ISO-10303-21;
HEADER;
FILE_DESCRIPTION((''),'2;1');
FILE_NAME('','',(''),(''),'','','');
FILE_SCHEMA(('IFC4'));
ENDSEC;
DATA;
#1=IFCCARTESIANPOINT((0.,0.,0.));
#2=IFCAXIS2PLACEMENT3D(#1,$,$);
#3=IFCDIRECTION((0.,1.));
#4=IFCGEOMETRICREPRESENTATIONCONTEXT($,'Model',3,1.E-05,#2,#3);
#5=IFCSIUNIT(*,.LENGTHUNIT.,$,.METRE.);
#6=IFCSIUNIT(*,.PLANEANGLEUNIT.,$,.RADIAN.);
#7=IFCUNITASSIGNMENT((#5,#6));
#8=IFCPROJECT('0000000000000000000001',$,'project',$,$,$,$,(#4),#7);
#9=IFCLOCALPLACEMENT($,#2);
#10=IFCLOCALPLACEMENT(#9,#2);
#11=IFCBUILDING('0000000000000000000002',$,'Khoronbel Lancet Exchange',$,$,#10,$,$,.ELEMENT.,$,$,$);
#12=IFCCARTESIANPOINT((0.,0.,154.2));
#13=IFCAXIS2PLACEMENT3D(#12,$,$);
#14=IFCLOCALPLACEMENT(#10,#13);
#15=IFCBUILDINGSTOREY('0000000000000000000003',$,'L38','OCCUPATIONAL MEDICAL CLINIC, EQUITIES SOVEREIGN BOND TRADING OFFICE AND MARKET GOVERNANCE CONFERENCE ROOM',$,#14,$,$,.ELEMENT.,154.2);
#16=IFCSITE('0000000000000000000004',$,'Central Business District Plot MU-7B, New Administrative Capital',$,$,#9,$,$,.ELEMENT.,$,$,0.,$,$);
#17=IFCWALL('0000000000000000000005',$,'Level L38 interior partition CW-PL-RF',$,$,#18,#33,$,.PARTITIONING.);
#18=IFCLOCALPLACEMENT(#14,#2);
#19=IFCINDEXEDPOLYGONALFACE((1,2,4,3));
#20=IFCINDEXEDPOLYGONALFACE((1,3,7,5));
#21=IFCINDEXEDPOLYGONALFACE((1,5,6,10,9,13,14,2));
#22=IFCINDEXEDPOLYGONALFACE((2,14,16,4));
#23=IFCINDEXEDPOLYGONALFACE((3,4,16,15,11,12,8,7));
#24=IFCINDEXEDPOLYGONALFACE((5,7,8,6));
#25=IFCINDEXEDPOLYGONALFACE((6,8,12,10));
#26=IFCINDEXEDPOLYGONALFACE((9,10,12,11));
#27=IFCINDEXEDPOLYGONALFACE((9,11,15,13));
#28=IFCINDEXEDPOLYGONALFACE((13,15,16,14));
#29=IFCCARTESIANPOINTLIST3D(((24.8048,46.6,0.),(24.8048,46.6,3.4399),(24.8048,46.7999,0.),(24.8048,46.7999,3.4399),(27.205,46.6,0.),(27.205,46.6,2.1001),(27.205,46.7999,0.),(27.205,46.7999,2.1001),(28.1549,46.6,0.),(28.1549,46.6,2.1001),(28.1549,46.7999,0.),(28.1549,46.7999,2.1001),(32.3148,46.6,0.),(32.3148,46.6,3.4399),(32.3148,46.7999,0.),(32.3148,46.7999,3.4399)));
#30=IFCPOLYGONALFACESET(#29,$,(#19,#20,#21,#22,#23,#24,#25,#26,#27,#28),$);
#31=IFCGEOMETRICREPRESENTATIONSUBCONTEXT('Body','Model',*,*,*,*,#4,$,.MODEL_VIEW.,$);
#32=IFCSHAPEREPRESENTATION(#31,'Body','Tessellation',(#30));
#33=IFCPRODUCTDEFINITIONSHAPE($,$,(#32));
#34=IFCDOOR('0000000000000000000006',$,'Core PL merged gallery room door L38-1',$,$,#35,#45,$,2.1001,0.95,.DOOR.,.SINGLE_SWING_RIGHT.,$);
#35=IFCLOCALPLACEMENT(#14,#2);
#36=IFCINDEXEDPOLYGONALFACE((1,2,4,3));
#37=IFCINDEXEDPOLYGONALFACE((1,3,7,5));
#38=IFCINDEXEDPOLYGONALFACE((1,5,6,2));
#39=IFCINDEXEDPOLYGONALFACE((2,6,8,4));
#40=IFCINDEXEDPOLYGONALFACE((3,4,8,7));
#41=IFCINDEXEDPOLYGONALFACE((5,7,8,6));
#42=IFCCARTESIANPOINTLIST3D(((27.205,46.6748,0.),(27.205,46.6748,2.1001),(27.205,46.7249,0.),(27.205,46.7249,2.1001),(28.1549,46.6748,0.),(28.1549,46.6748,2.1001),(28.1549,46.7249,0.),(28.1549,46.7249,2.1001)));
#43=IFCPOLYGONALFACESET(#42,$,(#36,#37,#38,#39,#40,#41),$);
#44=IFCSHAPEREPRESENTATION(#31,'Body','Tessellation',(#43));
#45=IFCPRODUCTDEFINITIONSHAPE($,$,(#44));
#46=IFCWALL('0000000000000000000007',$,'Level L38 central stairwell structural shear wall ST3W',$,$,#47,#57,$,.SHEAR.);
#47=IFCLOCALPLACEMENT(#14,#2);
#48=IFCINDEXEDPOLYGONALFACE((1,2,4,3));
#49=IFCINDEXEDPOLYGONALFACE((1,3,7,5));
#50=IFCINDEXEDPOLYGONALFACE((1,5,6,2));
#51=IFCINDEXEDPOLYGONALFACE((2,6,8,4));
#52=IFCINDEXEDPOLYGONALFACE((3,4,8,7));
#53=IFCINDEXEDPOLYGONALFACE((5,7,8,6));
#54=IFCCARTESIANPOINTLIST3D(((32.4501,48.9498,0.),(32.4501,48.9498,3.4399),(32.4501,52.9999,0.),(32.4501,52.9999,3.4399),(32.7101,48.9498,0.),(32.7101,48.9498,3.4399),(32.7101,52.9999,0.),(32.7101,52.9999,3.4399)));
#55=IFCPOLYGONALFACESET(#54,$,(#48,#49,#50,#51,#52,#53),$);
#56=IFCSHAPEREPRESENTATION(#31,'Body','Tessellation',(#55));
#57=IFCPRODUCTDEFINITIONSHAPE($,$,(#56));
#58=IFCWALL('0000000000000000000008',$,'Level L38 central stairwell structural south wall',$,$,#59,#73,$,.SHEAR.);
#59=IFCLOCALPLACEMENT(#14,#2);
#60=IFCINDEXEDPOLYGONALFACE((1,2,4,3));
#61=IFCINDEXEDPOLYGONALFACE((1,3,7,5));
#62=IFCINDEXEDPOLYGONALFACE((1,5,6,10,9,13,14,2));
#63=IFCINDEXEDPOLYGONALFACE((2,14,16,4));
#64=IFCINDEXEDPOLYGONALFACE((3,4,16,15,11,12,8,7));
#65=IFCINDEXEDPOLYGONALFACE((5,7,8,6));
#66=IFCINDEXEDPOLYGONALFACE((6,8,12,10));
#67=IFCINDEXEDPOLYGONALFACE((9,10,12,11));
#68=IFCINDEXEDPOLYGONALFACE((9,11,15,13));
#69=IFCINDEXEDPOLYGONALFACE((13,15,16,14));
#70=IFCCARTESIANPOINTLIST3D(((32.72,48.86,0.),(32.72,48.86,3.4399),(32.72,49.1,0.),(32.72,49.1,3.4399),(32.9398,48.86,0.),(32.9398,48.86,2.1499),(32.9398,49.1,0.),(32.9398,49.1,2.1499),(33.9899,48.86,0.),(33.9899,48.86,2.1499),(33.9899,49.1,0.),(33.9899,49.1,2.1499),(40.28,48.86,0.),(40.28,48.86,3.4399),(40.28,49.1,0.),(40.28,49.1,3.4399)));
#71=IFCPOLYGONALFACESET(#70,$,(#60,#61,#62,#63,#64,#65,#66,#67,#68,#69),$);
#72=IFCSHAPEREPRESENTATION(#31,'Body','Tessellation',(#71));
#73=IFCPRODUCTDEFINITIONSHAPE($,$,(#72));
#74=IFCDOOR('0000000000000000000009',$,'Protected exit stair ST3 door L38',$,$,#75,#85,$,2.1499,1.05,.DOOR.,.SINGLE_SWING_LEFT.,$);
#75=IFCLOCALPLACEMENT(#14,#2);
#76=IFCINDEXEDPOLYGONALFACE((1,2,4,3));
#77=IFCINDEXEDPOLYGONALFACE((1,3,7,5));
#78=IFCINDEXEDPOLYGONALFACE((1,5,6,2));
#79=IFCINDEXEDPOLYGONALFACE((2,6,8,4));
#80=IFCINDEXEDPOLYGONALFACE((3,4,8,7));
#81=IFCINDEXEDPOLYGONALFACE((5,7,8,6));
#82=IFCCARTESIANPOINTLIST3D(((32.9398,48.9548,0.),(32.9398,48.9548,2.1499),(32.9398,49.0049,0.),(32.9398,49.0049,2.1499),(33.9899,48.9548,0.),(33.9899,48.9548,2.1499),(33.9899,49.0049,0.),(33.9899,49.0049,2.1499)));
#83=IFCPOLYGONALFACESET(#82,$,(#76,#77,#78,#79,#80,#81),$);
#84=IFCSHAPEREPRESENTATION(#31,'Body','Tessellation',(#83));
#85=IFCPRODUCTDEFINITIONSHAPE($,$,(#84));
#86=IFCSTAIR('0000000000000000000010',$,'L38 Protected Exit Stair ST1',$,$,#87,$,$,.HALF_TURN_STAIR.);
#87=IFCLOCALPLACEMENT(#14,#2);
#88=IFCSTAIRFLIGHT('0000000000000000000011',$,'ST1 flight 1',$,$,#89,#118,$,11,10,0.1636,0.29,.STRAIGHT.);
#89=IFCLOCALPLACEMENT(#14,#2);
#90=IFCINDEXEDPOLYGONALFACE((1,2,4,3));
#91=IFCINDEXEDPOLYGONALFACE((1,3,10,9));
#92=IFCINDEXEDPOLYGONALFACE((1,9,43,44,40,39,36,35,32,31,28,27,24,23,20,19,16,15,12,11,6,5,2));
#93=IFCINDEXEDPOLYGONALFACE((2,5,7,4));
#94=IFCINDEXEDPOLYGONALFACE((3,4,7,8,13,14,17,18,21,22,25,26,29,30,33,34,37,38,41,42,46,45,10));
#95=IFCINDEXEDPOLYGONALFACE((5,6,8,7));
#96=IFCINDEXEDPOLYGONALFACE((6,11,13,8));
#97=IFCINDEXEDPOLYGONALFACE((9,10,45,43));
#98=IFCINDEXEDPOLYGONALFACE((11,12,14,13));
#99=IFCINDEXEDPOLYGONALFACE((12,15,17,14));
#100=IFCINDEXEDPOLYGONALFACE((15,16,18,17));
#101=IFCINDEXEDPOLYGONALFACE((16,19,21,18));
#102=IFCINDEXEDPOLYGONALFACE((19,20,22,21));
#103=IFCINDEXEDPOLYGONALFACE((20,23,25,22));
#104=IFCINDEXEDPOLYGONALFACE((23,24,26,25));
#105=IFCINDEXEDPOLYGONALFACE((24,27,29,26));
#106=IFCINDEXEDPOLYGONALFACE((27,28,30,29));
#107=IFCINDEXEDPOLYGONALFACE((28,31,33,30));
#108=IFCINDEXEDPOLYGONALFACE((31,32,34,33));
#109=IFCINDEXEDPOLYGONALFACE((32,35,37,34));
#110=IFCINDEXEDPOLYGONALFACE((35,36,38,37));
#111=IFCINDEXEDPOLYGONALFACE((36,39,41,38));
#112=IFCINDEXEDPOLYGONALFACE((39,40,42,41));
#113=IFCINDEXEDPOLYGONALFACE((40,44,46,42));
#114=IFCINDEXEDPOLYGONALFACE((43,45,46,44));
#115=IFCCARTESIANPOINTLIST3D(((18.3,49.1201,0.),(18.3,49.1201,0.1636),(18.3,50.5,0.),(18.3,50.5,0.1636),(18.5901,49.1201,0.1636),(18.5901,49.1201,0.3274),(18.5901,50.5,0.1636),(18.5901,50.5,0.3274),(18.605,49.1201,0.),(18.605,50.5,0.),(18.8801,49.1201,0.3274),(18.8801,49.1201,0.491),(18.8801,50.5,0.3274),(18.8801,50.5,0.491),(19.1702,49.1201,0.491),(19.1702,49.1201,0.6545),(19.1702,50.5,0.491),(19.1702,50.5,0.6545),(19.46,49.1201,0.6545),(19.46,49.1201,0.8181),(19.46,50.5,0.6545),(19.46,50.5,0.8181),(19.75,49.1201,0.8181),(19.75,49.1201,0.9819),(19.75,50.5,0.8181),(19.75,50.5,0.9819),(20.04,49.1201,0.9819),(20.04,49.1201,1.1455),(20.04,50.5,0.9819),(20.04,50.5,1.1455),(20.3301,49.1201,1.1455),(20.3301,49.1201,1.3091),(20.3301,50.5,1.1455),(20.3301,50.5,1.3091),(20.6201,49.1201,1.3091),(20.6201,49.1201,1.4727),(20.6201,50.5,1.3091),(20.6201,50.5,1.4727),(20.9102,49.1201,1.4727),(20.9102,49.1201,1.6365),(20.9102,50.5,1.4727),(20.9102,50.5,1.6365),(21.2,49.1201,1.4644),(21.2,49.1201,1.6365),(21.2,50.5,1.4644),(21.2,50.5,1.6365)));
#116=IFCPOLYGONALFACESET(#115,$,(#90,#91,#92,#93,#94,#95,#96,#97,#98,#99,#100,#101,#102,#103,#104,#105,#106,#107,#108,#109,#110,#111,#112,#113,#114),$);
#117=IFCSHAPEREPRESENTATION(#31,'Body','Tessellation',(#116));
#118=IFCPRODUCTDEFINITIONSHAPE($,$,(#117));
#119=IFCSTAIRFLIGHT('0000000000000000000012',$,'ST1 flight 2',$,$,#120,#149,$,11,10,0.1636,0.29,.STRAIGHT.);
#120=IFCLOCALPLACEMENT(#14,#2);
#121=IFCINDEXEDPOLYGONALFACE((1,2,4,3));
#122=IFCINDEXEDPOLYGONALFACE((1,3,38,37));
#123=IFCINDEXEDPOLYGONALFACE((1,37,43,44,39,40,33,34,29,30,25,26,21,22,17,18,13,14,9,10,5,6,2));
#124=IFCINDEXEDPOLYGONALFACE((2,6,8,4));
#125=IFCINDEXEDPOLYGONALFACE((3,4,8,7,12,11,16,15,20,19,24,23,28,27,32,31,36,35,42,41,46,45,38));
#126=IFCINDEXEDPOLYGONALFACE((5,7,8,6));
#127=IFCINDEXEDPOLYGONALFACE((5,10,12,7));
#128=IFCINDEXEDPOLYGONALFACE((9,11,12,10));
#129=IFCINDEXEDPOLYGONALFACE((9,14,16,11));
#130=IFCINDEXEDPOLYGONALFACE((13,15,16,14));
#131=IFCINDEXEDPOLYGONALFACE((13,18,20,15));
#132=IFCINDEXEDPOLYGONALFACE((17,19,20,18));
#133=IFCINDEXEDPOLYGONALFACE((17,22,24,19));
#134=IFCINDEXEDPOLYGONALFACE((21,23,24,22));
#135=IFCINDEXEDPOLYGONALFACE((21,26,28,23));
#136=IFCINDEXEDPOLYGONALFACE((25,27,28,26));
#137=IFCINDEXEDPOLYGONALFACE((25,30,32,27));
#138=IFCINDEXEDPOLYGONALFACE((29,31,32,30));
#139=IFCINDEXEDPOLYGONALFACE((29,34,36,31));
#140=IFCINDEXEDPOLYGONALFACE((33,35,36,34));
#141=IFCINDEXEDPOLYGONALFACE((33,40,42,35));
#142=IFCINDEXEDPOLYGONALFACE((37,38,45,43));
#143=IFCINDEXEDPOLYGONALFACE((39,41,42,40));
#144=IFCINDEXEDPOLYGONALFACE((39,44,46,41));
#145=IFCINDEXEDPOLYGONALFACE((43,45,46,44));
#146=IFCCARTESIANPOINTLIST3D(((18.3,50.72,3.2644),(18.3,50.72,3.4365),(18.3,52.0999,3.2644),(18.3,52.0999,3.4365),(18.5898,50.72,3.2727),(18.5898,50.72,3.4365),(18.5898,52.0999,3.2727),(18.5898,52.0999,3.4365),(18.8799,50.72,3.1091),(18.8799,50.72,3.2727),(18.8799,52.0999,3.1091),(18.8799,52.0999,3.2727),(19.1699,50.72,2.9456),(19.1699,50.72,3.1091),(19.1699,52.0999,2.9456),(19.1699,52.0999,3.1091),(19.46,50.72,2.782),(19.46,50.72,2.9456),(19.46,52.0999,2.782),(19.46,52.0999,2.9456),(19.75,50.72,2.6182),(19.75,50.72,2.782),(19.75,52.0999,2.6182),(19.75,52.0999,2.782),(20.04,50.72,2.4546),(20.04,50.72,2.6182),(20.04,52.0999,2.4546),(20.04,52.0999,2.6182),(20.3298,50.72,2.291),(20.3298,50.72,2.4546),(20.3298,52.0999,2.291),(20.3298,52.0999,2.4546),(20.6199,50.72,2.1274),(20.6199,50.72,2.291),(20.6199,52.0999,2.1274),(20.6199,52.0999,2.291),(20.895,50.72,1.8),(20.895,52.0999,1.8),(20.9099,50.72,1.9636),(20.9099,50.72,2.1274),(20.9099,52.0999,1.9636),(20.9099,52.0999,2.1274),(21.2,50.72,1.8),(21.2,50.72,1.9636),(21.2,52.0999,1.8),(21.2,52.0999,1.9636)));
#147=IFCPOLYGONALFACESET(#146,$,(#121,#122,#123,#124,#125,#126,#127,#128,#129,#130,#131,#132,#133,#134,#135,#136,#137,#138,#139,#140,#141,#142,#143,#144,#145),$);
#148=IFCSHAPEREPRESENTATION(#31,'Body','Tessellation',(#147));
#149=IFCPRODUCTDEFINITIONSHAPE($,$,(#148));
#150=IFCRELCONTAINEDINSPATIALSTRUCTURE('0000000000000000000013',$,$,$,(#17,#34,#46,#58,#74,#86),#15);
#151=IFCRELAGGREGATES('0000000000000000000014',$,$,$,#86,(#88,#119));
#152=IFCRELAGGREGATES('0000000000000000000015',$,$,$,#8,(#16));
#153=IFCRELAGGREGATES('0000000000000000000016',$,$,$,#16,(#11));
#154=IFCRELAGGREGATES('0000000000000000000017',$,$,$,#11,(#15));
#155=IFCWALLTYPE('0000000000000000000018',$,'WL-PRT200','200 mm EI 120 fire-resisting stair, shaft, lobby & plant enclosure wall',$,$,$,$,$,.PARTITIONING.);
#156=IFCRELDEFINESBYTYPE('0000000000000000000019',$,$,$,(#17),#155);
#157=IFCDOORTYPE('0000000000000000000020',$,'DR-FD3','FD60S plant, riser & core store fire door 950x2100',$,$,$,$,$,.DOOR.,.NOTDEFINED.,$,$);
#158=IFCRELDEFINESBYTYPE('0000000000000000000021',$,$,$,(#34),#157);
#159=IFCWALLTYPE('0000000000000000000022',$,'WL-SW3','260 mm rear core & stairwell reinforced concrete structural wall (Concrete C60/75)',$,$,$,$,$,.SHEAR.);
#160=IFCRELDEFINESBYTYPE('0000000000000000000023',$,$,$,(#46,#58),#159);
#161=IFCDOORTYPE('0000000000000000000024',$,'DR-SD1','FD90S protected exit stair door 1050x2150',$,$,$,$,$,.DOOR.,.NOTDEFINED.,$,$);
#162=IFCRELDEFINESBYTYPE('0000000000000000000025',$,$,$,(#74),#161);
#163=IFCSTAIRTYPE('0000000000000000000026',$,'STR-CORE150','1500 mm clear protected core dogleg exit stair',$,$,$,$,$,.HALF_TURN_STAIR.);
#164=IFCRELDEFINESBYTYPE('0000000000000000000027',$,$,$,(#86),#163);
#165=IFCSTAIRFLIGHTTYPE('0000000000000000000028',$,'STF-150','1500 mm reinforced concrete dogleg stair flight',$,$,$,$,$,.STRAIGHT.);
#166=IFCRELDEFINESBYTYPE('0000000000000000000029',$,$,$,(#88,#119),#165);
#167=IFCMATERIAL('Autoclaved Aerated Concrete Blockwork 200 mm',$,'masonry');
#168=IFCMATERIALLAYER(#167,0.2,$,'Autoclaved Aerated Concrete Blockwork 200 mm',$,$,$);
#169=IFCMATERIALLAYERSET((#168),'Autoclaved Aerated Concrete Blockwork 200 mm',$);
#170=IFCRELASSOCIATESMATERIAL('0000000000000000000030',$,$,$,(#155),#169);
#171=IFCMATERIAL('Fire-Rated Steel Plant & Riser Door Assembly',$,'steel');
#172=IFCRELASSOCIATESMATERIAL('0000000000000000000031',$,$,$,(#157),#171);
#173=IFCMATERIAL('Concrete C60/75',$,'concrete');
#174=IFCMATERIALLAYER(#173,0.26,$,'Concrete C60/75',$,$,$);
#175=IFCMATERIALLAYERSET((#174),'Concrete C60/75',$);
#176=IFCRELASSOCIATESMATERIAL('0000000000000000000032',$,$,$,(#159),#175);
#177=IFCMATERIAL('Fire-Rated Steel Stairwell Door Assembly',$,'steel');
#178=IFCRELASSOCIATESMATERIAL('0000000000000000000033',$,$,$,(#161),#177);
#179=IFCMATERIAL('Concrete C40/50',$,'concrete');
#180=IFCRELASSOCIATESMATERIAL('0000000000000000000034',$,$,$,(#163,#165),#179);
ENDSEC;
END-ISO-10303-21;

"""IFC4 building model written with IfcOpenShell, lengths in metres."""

from ifc_helpers import new_model, si_unit, direction, frame, frame_2d, origin, place, context, subcontext, project, spatial, polyline, rectangle, outline, extrude, material, layer, layer_set, type_object, element, fill, aggregate, save


model = new_model("IFC4")

# Units and contexts
model_context = context("Model", 3, precision=1e-05, world=origin(), true_north=direction((0.0, 1.0)))
body_context = subcontext(model_context, "Body", "Model", "MODEL_VIEW")
ifc_project = project(units=[si_unit("LENGTHUNIT", "METRE"), si_unit("PLANEANGLEUNIT", "RADIAN")], contexts=[model_context])

# Site, building, storey
site_placement = place(None, origin())
site = spatial("IfcSite", under=ifc_project, at=site_placement, Name="Central Business District Plot MU-7B, New Administrative Capital", CompositionType="ELEMENT", RefElevation=0.0)
building_placement = place(site_placement, origin())
building = spatial("IfcBuilding", under=site, at=building_placement, Name="Khoronbel Lancet Exchange", CompositionType="ELEMENT")
storey_placement = place(building_placement, frame((0.0, 0.0, 154.2)))
storey = spatial("IfcBuildingStorey", under=building, at=storey_placement, Name="L38", Description="OCCUPATIONAL MEDICAL CLINIC, EQUITIES SOVEREIGN BOND TRADING OFFICE AND MARKET GOVERNANCE CONFERENCE ROOM", CompositionType="ELEMENT", Elevation=154.2)

# Shared definitions
ifc_material_1 = material(Name="Autoclaved Aerated Concrete Blockwork 200 mm", Category="masonry")
ifc_layer_1 = layer(ifc_material_1, 0.2, Name="Autoclaved Aerated Concrete Blockwork 200 mm")
ifc_layer_set_1 = layer_set([ifc_layer_1], Name="Autoclaved Aerated Concrete Blockwork 200 mm")
wall_type_1 = type_object("IfcWallType", Name="WL-PRT200", Description="200 mm EI 120 fire-resisting stair, shaft, lobby & plant enclosure wall", PredefinedType="PARTITIONING", material=ifc_layer_set_1)

# Wall, opening, door
wall_1_placement = place(storey_placement, frame((24.8049, 46.7, 0.0), z_axis=(0.0, 0.0, 1.0), x_axis=(1.0, 0.0, 0.0)))
wall_1 = element("IfcWall", 1, at=wall_1_placement, inside=storey, type_object=wall_type_1, Name="Level L38 interior partition CW-PL-RF", PredefinedType="PARTITIONING", context=body_context, shape_type="SweptSolid", body=[
    extrude(rectangle(XDim=7.51, YDim=0.2, at=frame_2d((3.7549, 0.0))), origin(), (0.0, 0.0, 1.0), 3.4399),
])
opening_1_placement = place(wall_1_placement, frame((2.3999, 0.0, 0.0)))
opening_1 = element("IfcOpeningElement", 2, at=opening_1_placement, cuts=wall_1, PredefinedType="OPENING", context=body_context, shape_type="SweptSolid", body=[
    extrude(rectangle(XDim=0.95, YDim=2.1001, at=frame_2d((0.4751, 1.05))), frame((0.0, 0.1099, 0.0), z_axis=(0.0, -1.0, 0.0), x_axis=(1.0, 0.0, 0.0)), (0.0, 0.0, 1.0), 0.22),
])
ifc_material_2 = material(Name="Fire-Rated Steel Plant & Riser Door Assembly", Category="steel")
door_type_1 = type_object("IfcDoorType", Name="DR-FD3", Description="FD60S plant, riser & core store fire door 950x2100", OperationType="NOTDEFINED", PredefinedType="DOOR", material=ifc_material_2)
door_1_placement = place(opening_1_placement, origin())
door_1 = element("IfcDoor", 3, at=door_1_placement, inside=storey, type_object=door_type_1, Name="Core PL merged gallery room door L38-1", OperationType="SINGLE_SWING_RIGHT", OverallHeight=2.1001, OverallWidth=0.95, PredefinedType="DOOR", context=body_context, shape_type="SweptSolid", body=[
    extrude(rectangle(XDim=0.95, YDim=2.1001, at=frame_2d((0.4751, 1.05))), frame((0.0, 0.0249, 0.0), z_axis=(0.0, -1.0, 0.0), x_axis=(1.0, 0.0, 0.0)), (0.0, 0.0, 1.0), 0.05),
])
fill(opening_1, door_1)

# Wall
ifc_material_3 = material(Name="Concrete C60/75", Category="concrete")
ifc_layer_2 = layer(ifc_material_3, 0.26, Name="Concrete C60/75")
ifc_layer_set_2 = layer_set([ifc_layer_2], Name="Concrete C60/75")
wall_type_2 = type_object("IfcWallType", Name="WL-SW3", Description="260 mm rear core & stairwell reinforced concrete structural wall (Concrete C60/75)", PredefinedType="SHEAR", material=ifc_layer_set_2)
wall_2_placement = place(storey_placement, frame((32.5801, 48.95, 0.0), z_axis=(0.0, 0.0, 1.0), x_axis=(0.0, 1.0, 0.0)))
element("IfcWall", 4, at=wall_2_placement, inside=storey, type_object=wall_type_2, Name="Level L38 central stairwell structural shear wall ST3W", PredefinedType="SHEAR", context=body_context, shape_type="SweptSolid", body=[
    extrude(rectangle(XDim=4.05, YDim=0.26, at=frame_2d((2.0249, 0.0))), origin(), (0.0, 0.0, 1.0), 3.4399),
])

# Wall, opening, door
wall_3_placement = place(storey_placement, frame((32.72, 48.98, 0.0), z_axis=(0.0, 0.0, 1.0), x_axis=(1.0, 0.0, 0.0)))
wall_3 = element("IfcWall", 5, at=wall_3_placement, inside=storey, type_object=wall_type_2, Name="Level L38 central stairwell structural south wall", PredefinedType="SHEAR", context=body_context, shape_type="SweptSolid", body=[
    extrude(rectangle(XDim=7.5601, YDim=0.24, at=frame_2d((3.78, 0.0))), origin(), (0.0, 0.0, 1.0), 3.4399),
])
opening_2_placement = place(wall_3_placement, frame((0.22, 0.0, 0.0)))
opening_2 = element("IfcOpeningElement", 6, at=opening_2_placement, cuts=wall_3, PredefinedType="OPENING", context=body_context, shape_type="SweptSolid", body=[
    extrude(rectangle(XDim=1.05, YDim=2.1499, at=frame_2d((0.5249, 1.075))), frame((0.0, 0.1299, 0.0), z_axis=(0.0, -1.0, 0.0), x_axis=(1.0, 0.0, 0.0)), (0.0, 0.0, 1.0), 0.26),
])
ifc_material_4 = material(Name="Fire-Rated Steel Stairwell Door Assembly", Category="steel")
door_type_2 = type_object("IfcDoorType", Name="DR-SD1", Description="FD90S protected exit stair door 1050x2150", OperationType="NOTDEFINED", PredefinedType="DOOR", material=ifc_material_4)
door_2_placement = place(opening_2_placement, origin())
door_2 = element("IfcDoor", 7, at=door_2_placement, inside=storey, type_object=door_type_2, Name="Protected exit stair ST3 door L38", OperationType="SINGLE_SWING_LEFT", OverallHeight=2.1499, OverallWidth=1.05, PredefinedType="DOOR", context=body_context, shape_type="SweptSolid", body=[
    extrude(rectangle(XDim=1.05, YDim=2.1499, at=frame_2d((0.5249, 1.075))), frame((0.0, 0.0249, 0.0), z_axis=(0.0, -1.0, 0.0), x_axis=(1.0, 0.0, 0.0)), (0.0, 0.0, 1.0), 0.05),
])
fill(opening_2, door_2)

# Stair, stair flights
ifc_material_5 = material(Name="Concrete C40/50", Category="concrete")
stair_type = type_object("IfcStairType", Name="STR-CORE150", Description="1500 mm clear protected core dogleg exit stair", PredefinedType="HALF_TURN_STAIR", material=ifc_material_5)
stair_placement = place(storey_placement, origin())
stair = element("IfcStair", 8, at=stair_placement, inside=storey, type_object=stair_type, Name="L38 Protected Exit Stair ST1", PredefinedType="HALF_TURN_STAIR")
stair_flight_type = type_object("IfcStairFlightType", Name="STF-150", Description="1500 mm reinforced concrete dogleg stair flight", PredefinedType="STRAIGHT", material=ifc_material_5)
stair_flight_1_placement = place(storey_placement, frame((18.3, 49.8101, 0.0), z_axis=(0.0, 0.0, 1.0), x_axis=(1.0, 0.0, 0.0)))
stair_flight_1 = element("IfcStairFlight", 9, at=stair_flight_1_placement, type_object=stair_flight_type, Name="ST1 flight 1", NumberOfRisers=11, NumberOfTreads=10, PredefinedType="STRAIGHT", RiserHeight=0.1636, TreadLength=0.29, context=body_context, shape_type="SweptSolid", body=[
    extrude(outline(polyline([(0.0, 0.0), (0.0, 0.1636), (0.29, 0.1636), (0.29, 0.3274), (0.5801, 0.3274), (0.5801, 0.491), (0.8701, 0.491), (0.8701, 0.6545), (1.1599, 0.6545), (1.1599, 0.8181), (1.45, 0.8181), (1.45, 0.9819), (1.74, 0.9819), (1.74, 1.1455), (2.03, 1.1455), (2.03, 1.3091), (2.3201, 1.3091), (2.3201, 1.4727), (2.6101, 1.4727), (2.6101, 1.6365), (2.8999, 1.6365), (2.8999, 1.8), (2.8999, 1.4644), (0.3049, 0.0), (0.0, 0.0)])), frame((0.0, 0.6899, 0.0), z_axis=(0.0, -1.0, 0.0), x_axis=(1.0, 0.0, 0.0)), (0.0, 0.0, 1.0), 1.3799),
])
stair_flight_2_placement = place(storey_placement, frame((21.2, 51.4099, 1.8), z_axis=(0.0, 0.0, 1.0), x_axis=(-1.0, 0.0, 0.0)))
stair_flight_2 = element("IfcStairFlight", 10, at=stair_flight_2_placement, type_object=stair_flight_type, Name="ST1 flight 2", NumberOfRisers=11, NumberOfTreads=10, PredefinedType="STRAIGHT", RiserHeight=0.1636, TreadLength=0.29, context=body_context, shape_type="SweptSolid", body=[
    extrude(outline(polyline([(0.0, 0.0), (0.0, 0.1636), (0.29, 0.1636), (0.29, 0.3274), (0.5801, 0.3274), (0.5801, 0.491), (0.8701, 0.491), (0.8701, 0.6545), (1.1599, 0.6545), (1.1599, 0.8181), (1.45, 0.8181), (1.45, 0.9819), (1.74, 0.9819), (1.74, 1.1455), (2.03, 1.1455), (2.03, 1.3091), (2.3201, 1.3091), (2.3201, 1.4727), (2.6101, 1.4727), (2.6101, 1.6365), (2.8999, 1.6365), (2.8999, 1.8), (2.8999, 1.4644), (0.3049, 0.0), (0.0, 0.0)])), frame((0.0, 0.6899, 0.0), z_axis=(0.0, -1.0, 0.0), x_axis=(1.0, 0.0, 0.0)), (0.0, 0.0, 1.0), 1.3799),
])
aggregate(stair, [stair_flight_1, stair_flight_2])

save(model, "model.ifc")
